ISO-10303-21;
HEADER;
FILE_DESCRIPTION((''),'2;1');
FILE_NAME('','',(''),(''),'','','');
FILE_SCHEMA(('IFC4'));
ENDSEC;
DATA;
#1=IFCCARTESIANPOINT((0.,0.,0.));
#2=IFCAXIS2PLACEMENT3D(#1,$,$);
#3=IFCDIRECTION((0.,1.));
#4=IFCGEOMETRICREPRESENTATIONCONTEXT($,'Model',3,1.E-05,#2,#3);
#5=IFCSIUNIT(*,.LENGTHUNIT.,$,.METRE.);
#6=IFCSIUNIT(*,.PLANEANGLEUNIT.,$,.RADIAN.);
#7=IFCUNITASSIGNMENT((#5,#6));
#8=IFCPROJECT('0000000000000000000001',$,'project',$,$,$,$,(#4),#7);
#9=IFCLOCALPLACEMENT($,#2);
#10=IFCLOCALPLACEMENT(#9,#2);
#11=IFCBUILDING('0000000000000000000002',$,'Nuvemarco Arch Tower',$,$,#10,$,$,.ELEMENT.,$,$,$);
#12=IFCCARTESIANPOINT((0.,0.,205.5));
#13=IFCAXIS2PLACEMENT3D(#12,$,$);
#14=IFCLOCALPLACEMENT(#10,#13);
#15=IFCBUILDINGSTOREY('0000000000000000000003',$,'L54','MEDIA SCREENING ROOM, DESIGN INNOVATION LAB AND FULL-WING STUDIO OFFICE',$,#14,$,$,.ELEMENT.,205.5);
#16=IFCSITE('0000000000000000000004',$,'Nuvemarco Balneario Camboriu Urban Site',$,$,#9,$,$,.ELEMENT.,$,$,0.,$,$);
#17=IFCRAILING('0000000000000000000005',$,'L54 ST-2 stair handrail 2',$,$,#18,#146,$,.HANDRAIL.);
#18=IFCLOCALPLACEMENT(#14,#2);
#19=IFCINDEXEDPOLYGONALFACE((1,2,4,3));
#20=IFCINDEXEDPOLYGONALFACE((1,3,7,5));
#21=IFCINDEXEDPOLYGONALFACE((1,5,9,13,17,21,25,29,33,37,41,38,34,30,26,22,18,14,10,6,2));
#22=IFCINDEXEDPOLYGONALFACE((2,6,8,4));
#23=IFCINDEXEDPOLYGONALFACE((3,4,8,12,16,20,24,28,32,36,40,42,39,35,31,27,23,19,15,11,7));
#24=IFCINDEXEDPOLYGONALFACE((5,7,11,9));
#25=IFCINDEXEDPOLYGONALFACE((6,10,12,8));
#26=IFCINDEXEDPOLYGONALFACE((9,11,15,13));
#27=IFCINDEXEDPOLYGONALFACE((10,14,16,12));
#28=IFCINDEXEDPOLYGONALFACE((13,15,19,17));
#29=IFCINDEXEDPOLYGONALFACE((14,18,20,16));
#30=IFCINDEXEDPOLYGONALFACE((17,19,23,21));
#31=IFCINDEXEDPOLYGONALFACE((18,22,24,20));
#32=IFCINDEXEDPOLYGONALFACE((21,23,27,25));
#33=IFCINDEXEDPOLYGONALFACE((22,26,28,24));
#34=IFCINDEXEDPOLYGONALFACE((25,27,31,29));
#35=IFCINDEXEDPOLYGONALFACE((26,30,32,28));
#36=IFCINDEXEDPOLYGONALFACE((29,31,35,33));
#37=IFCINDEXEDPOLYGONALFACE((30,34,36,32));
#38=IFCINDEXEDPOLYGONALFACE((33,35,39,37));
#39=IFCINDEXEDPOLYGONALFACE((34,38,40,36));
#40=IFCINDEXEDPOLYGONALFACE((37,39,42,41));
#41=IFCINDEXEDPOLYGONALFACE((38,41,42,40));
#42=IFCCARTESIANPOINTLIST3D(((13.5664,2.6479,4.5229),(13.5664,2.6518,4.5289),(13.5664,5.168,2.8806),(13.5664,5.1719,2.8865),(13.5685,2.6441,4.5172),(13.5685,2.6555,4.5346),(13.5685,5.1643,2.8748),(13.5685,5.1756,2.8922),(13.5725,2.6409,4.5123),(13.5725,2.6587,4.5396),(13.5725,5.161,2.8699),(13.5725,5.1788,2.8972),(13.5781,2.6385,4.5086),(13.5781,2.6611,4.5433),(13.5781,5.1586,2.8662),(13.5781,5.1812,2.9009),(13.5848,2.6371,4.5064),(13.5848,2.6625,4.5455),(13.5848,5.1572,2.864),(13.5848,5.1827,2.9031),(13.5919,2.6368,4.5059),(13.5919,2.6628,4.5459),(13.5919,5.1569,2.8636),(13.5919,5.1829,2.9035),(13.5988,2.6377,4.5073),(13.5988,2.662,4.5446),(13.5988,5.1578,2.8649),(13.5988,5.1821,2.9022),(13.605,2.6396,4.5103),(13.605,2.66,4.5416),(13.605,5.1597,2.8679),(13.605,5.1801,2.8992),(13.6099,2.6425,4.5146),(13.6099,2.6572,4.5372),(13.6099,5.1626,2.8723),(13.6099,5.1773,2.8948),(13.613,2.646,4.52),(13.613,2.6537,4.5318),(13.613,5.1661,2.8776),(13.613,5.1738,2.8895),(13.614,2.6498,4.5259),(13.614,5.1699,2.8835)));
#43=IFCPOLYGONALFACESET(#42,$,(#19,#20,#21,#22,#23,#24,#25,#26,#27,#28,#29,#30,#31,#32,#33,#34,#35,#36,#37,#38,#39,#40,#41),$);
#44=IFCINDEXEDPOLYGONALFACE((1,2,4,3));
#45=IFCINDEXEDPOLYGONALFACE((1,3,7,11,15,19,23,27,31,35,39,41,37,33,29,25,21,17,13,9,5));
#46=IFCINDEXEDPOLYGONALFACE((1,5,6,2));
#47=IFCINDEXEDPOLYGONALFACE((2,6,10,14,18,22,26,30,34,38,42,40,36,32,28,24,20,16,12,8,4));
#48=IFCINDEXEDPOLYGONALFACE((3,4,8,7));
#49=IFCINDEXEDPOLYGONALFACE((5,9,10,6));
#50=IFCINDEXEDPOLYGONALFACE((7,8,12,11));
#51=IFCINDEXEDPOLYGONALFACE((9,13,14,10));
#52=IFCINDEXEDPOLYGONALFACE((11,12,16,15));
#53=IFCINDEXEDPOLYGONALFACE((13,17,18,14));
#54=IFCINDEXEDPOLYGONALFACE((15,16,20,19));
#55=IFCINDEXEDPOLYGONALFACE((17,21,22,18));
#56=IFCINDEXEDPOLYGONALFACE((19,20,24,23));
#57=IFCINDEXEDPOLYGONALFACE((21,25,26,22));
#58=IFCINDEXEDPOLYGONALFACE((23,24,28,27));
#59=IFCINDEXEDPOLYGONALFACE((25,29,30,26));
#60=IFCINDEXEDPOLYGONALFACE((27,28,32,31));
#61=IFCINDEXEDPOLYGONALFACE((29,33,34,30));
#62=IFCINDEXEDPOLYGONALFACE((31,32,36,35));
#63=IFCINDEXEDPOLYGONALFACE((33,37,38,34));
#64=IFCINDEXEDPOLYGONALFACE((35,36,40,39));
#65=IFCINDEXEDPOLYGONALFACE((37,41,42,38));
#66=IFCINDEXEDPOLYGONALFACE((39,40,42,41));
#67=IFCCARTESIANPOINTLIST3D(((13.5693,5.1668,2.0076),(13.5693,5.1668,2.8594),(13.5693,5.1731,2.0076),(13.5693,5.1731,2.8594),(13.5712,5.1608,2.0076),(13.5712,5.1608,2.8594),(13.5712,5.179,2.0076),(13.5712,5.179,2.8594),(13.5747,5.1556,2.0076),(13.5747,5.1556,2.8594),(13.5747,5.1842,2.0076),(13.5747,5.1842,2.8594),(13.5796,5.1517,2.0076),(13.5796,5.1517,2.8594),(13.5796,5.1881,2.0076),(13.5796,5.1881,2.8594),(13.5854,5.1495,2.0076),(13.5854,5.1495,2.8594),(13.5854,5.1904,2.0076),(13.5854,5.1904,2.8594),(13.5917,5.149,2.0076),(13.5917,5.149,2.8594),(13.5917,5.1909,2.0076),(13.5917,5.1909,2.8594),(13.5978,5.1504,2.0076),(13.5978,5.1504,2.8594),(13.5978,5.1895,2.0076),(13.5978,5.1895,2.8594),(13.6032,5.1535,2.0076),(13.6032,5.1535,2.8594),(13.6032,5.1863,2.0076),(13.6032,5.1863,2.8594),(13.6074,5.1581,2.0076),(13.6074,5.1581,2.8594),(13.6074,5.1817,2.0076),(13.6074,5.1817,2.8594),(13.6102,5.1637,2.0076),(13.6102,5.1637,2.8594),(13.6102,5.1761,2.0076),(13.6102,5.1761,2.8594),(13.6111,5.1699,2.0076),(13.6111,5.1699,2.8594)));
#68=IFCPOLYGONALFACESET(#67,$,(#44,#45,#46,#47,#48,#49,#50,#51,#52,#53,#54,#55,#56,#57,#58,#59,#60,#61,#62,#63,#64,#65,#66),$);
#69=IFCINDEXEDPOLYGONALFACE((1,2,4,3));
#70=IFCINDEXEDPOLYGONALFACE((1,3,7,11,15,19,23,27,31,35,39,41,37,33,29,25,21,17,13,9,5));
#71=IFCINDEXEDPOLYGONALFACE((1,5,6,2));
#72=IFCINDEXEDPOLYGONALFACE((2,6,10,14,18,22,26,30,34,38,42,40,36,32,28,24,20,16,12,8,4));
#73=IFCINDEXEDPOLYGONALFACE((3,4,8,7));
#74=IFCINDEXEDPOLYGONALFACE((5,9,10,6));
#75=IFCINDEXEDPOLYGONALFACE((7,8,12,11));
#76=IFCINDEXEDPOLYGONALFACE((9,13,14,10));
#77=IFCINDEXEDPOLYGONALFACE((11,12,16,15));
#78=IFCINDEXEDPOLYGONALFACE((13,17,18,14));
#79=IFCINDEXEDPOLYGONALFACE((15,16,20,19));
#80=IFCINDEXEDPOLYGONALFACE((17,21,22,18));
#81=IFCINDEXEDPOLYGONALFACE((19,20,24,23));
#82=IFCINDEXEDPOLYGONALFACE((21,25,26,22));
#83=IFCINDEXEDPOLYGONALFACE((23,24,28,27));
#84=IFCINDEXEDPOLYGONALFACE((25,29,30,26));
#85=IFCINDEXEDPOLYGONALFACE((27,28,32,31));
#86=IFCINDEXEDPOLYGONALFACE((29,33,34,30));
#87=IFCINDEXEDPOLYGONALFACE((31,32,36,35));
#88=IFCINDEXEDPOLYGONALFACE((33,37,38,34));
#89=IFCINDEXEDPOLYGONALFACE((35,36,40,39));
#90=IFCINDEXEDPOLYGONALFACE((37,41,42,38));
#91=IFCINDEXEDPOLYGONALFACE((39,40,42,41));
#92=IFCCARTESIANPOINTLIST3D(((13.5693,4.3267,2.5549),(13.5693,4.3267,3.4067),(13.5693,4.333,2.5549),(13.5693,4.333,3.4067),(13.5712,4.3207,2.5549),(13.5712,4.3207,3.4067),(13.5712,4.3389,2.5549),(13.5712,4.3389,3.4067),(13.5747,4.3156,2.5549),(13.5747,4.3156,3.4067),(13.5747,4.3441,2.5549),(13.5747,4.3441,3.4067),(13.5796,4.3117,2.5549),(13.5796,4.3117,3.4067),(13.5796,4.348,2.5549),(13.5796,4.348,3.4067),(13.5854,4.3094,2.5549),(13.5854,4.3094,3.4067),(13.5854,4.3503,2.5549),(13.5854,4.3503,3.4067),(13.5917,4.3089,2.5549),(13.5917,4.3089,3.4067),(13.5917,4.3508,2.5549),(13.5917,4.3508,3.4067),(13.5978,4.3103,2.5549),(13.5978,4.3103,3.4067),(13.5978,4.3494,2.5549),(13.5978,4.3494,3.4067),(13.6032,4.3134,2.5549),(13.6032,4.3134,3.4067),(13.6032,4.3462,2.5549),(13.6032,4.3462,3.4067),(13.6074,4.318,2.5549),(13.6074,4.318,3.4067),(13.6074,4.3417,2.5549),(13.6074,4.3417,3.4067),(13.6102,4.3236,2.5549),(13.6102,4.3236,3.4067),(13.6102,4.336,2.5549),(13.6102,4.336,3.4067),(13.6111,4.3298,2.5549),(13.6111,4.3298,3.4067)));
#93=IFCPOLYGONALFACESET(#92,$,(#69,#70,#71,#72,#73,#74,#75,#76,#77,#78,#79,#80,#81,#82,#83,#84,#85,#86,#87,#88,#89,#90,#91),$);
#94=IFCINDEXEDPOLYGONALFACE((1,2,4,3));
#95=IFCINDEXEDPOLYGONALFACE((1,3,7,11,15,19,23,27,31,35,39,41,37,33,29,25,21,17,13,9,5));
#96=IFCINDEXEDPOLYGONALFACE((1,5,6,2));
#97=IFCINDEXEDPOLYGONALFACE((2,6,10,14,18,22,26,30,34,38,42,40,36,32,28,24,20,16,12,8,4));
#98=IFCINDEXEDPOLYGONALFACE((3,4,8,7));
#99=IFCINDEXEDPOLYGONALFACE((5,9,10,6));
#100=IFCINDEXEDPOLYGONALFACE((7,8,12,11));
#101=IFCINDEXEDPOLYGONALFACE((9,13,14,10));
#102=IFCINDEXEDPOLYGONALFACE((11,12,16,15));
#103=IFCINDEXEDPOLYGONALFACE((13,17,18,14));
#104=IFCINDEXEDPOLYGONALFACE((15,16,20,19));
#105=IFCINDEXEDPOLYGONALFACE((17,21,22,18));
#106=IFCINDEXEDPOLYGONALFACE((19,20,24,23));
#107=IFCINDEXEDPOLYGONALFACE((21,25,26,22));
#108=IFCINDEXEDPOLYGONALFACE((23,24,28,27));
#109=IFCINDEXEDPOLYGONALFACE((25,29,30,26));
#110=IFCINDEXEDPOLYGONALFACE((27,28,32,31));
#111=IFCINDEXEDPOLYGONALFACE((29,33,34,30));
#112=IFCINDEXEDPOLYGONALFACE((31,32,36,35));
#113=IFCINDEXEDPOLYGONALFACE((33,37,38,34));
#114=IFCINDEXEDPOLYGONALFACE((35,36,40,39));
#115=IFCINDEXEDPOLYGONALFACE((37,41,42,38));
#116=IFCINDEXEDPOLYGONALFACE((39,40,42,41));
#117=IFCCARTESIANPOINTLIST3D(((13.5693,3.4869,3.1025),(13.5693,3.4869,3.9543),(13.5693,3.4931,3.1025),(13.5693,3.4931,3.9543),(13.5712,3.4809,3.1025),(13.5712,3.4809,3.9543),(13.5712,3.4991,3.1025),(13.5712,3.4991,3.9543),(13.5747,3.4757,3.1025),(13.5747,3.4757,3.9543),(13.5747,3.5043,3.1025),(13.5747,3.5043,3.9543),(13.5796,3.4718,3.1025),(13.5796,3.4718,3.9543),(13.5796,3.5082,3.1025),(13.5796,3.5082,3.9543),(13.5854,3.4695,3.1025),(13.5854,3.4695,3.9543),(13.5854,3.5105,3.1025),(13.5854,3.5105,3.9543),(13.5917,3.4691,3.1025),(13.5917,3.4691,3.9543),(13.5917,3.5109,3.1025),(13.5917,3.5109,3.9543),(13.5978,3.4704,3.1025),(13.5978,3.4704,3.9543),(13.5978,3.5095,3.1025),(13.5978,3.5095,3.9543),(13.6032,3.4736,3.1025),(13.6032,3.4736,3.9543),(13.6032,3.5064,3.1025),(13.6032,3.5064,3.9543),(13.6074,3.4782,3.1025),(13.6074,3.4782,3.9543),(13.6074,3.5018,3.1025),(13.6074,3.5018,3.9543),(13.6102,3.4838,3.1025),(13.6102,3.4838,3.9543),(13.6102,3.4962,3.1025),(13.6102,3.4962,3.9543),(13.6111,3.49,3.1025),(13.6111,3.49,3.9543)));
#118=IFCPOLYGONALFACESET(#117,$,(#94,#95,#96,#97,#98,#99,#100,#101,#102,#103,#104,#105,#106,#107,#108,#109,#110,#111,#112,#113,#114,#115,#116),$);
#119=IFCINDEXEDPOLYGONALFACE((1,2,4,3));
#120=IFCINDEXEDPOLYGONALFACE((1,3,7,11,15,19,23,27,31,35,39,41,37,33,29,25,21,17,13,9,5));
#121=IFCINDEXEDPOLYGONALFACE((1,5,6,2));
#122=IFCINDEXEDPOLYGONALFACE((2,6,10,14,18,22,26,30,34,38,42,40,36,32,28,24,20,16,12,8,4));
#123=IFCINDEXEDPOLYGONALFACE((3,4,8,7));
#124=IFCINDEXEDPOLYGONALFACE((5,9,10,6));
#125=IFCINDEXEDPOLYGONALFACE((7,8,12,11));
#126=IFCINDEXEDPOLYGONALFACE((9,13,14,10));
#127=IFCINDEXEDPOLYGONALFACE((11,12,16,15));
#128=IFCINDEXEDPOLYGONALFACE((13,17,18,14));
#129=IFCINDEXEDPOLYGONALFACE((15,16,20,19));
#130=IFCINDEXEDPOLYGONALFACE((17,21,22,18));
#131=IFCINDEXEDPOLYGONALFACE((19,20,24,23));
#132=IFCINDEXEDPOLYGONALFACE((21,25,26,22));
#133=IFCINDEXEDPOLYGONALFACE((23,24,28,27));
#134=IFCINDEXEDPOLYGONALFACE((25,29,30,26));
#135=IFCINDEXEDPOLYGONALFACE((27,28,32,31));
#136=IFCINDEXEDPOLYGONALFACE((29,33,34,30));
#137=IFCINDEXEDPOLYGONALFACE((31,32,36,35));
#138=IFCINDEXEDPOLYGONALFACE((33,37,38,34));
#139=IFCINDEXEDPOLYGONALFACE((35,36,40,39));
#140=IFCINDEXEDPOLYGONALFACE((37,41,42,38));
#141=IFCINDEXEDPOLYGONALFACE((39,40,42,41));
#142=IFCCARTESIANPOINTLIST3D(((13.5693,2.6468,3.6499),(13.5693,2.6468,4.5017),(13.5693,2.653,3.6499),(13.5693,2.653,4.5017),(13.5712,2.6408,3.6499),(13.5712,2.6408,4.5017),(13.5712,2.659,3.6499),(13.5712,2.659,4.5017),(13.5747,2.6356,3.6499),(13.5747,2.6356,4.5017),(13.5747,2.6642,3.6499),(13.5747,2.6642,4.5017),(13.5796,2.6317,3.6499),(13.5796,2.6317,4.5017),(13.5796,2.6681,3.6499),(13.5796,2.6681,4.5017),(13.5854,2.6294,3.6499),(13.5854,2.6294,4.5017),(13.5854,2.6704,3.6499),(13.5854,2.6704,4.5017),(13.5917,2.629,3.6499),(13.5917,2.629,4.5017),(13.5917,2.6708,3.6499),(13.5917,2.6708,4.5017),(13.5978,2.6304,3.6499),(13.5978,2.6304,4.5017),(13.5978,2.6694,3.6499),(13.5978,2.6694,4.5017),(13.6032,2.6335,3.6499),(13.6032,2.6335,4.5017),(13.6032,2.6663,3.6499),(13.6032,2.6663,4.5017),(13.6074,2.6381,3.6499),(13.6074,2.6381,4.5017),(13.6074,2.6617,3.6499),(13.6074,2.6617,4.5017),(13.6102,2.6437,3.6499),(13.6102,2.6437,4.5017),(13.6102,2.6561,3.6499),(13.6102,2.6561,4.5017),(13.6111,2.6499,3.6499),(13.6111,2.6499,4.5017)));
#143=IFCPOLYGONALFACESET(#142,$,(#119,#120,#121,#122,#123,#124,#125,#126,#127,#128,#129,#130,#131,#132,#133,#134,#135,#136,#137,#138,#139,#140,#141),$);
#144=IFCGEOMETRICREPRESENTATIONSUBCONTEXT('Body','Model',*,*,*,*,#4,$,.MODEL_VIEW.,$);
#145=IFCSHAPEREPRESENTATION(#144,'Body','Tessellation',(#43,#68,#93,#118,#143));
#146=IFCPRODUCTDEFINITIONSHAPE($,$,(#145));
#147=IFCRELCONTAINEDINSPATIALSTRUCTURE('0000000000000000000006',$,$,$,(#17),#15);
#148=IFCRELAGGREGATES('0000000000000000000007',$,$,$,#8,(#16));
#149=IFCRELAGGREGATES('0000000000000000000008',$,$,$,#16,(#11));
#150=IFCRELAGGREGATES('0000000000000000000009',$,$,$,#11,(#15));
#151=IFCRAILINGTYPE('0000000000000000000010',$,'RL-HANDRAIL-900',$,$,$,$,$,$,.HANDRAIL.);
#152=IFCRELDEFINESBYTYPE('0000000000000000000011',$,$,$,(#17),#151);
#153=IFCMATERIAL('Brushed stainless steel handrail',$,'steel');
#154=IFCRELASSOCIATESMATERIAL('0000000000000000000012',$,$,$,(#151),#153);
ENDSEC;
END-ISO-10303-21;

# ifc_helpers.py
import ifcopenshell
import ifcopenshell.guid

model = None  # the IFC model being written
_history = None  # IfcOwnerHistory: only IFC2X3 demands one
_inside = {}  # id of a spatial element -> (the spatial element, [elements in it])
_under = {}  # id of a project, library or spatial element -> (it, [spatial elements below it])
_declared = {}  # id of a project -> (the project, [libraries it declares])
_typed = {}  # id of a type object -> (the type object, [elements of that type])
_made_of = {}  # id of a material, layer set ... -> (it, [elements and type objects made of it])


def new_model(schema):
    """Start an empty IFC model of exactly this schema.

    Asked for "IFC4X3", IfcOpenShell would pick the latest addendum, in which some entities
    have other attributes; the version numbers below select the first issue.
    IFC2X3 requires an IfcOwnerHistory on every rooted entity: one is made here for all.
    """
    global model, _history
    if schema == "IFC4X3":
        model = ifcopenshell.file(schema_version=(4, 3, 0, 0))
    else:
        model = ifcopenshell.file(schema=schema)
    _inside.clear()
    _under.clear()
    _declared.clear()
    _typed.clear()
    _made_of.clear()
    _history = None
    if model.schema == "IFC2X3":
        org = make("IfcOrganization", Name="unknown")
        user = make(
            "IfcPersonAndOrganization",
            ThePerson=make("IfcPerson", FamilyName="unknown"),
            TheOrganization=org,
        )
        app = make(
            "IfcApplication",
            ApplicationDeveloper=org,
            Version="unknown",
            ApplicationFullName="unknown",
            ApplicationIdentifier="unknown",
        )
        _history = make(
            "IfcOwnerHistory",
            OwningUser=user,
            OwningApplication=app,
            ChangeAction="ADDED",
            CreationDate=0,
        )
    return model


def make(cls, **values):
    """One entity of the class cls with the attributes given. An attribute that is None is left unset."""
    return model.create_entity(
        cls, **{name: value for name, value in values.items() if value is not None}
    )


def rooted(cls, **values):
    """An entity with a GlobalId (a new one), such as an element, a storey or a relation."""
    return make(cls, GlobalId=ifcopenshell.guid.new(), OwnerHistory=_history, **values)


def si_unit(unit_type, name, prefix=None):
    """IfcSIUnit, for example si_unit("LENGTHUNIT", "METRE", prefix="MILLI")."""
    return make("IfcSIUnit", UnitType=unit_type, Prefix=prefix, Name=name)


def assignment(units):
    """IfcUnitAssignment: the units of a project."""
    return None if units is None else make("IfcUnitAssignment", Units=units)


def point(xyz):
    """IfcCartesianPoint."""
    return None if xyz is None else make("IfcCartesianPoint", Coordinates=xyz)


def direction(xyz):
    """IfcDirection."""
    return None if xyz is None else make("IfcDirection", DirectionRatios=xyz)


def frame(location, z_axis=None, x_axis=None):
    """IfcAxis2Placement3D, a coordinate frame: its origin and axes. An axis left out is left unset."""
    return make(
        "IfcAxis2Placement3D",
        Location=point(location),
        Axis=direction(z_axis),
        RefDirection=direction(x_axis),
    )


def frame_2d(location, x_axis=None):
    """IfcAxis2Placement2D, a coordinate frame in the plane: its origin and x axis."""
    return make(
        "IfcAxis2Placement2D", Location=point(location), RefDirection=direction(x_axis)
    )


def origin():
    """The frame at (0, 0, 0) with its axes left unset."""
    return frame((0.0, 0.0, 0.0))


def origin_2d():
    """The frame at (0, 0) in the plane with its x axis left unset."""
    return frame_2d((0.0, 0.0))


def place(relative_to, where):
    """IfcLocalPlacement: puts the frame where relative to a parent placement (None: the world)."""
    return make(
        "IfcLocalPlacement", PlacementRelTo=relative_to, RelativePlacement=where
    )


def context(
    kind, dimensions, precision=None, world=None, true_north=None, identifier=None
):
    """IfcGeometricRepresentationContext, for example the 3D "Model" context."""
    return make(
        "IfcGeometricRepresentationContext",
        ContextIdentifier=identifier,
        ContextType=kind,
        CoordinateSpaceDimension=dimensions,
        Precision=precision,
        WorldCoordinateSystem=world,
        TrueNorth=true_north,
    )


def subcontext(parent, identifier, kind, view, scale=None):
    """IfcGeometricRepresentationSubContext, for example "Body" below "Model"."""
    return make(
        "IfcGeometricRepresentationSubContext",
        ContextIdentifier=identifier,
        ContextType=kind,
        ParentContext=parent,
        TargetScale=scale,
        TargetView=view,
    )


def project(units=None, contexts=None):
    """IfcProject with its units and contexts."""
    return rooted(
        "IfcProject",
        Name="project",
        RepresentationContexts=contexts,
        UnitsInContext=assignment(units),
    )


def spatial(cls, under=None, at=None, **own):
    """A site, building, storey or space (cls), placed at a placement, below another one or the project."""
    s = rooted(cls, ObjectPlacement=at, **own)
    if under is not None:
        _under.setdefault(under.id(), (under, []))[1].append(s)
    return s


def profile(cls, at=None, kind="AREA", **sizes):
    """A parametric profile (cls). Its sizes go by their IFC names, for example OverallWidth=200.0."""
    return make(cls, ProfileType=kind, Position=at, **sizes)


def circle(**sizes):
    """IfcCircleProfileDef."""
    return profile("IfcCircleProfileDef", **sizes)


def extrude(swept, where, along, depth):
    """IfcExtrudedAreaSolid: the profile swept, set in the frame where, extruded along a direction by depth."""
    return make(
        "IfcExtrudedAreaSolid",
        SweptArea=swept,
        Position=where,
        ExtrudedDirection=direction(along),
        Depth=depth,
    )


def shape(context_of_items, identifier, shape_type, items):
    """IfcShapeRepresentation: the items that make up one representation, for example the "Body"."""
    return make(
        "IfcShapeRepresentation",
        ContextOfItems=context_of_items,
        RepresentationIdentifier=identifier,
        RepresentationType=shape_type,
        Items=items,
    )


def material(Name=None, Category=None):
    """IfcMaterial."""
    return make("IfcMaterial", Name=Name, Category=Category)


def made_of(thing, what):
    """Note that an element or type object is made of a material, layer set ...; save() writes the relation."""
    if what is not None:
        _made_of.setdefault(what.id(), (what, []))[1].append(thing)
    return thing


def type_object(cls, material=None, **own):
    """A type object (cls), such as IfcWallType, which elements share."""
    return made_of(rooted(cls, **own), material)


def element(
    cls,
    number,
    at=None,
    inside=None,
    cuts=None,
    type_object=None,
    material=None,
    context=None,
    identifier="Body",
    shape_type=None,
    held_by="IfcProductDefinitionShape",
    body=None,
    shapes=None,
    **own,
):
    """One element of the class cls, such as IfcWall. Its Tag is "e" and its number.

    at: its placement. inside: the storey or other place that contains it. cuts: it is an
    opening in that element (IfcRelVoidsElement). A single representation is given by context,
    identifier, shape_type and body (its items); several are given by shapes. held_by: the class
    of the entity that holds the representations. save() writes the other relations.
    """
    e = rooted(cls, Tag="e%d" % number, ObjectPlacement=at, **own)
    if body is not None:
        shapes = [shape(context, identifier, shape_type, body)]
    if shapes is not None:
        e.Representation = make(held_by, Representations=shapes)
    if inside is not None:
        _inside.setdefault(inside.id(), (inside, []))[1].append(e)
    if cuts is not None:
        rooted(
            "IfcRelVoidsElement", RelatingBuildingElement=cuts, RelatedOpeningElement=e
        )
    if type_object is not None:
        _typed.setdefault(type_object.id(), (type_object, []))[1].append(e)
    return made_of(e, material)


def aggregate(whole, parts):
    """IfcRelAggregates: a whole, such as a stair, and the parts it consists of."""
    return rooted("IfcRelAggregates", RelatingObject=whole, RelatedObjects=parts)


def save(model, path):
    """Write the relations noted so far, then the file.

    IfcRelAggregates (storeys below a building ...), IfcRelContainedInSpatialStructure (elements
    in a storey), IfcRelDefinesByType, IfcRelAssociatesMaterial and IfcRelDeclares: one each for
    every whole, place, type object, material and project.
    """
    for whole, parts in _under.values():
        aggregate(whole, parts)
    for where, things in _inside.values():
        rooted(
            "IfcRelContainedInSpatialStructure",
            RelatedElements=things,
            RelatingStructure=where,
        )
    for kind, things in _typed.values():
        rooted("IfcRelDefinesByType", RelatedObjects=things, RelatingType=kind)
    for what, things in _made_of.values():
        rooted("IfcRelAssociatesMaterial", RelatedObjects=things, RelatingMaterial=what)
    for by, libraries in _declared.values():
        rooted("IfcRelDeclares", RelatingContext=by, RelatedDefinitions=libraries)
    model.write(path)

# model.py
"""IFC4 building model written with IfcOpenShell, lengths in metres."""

from ifc_helpers import new_model, si_unit, direction, frame, origin, origin_2d, place, context, subcontext, project, spatial, circle, extrude, material, type_object, element, save


model = new_model("IFC4")

# Units and contexts
model_context = context("Model", 3, precision=1e-05, world=origin(), true_north=direction((0.0, 1.0)))
body_context = subcontext(model_context, "Body", "Model", "MODEL_VIEW")
ifc_project = project(units=[si_unit("LENGTHUNIT", "METRE"), si_unit("PLANEANGLEUNIT", "RADIAN")], contexts=[model_context])

# Site, building, storey
site_placement = place(None, origin())
site = spatial("IfcSite", under=ifc_project, at=site_placement, Name="Nuvemarco Balneario Camboriu Urban Site", CompositionType="ELEMENT", RefElevation=0.0)
building_placement = place(site_placement, origin())
building = spatial("IfcBuilding", under=site, at=building_placement, Name="Nuvemarco Arch Tower", CompositionType="ELEMENT")
storey_placement = place(building_placement, frame((0.0, 0.0, 205.5)))
storey = spatial("IfcBuildingStorey", under=building, at=storey_placement, Name="L54", Description="MEDIA SCREENING ROOM, DESIGN INNOVATION LAB AND FULL-WING STUDIO OFFICE", CompositionType="ELEMENT", Elevation=205.5)

# Railing
ifc_material_1 = material(Name="Brushed stainless steel handrail", Category="steel")
railing_type_1 = type_object("IfcRailingType", Name="RL-HANDRAIL-900", PredefinedType="HANDRAIL", material=ifc_material_1)
railing_1_placement = place(storey_placement, frame((13.5901, 5.1699, 2.0076)))
element("IfcRailing", 1, at=railing_1_placement, inside=storey, type_object=railing_type_1, Name="L54 ST-2 stair handrail 2", PredefinedType="HANDRAIL", context=body_context, shape_type="SweptSolid", body=[
    extrude(circle(Radius=0.0239, at=origin_2d()), frame((0.0, 0.0, 0.876), z_axis=(0.0, -0.837787, 0.545998), x_axis=(1.0, 0.0, 0.0)), (0.0, 0.0, 1.0), 3.0081),
    extrude(circle(Radius=0.021, at=origin_2d()), origin(), (0.0, 0.0, 1.0), 0.8518),
    extrude(circle(Radius=0.021, at=origin_2d()), frame((0.0, -0.8401, 0.5474)), (0.0, 0.0, 1.0), 0.8518),
    extrude(circle(Radius=0.021, at=origin_2d()), frame((0.0, -1.6799, 1.095)), (0.0, 0.0, 1.0), 0.8518),
    extrude(circle(Radius=0.021, at=origin_2d()), frame((0.0, -2.52, 1.6423)), (0.0, 0.0, 1.0), 0.8518),
])

save(model, "model.ifc")
